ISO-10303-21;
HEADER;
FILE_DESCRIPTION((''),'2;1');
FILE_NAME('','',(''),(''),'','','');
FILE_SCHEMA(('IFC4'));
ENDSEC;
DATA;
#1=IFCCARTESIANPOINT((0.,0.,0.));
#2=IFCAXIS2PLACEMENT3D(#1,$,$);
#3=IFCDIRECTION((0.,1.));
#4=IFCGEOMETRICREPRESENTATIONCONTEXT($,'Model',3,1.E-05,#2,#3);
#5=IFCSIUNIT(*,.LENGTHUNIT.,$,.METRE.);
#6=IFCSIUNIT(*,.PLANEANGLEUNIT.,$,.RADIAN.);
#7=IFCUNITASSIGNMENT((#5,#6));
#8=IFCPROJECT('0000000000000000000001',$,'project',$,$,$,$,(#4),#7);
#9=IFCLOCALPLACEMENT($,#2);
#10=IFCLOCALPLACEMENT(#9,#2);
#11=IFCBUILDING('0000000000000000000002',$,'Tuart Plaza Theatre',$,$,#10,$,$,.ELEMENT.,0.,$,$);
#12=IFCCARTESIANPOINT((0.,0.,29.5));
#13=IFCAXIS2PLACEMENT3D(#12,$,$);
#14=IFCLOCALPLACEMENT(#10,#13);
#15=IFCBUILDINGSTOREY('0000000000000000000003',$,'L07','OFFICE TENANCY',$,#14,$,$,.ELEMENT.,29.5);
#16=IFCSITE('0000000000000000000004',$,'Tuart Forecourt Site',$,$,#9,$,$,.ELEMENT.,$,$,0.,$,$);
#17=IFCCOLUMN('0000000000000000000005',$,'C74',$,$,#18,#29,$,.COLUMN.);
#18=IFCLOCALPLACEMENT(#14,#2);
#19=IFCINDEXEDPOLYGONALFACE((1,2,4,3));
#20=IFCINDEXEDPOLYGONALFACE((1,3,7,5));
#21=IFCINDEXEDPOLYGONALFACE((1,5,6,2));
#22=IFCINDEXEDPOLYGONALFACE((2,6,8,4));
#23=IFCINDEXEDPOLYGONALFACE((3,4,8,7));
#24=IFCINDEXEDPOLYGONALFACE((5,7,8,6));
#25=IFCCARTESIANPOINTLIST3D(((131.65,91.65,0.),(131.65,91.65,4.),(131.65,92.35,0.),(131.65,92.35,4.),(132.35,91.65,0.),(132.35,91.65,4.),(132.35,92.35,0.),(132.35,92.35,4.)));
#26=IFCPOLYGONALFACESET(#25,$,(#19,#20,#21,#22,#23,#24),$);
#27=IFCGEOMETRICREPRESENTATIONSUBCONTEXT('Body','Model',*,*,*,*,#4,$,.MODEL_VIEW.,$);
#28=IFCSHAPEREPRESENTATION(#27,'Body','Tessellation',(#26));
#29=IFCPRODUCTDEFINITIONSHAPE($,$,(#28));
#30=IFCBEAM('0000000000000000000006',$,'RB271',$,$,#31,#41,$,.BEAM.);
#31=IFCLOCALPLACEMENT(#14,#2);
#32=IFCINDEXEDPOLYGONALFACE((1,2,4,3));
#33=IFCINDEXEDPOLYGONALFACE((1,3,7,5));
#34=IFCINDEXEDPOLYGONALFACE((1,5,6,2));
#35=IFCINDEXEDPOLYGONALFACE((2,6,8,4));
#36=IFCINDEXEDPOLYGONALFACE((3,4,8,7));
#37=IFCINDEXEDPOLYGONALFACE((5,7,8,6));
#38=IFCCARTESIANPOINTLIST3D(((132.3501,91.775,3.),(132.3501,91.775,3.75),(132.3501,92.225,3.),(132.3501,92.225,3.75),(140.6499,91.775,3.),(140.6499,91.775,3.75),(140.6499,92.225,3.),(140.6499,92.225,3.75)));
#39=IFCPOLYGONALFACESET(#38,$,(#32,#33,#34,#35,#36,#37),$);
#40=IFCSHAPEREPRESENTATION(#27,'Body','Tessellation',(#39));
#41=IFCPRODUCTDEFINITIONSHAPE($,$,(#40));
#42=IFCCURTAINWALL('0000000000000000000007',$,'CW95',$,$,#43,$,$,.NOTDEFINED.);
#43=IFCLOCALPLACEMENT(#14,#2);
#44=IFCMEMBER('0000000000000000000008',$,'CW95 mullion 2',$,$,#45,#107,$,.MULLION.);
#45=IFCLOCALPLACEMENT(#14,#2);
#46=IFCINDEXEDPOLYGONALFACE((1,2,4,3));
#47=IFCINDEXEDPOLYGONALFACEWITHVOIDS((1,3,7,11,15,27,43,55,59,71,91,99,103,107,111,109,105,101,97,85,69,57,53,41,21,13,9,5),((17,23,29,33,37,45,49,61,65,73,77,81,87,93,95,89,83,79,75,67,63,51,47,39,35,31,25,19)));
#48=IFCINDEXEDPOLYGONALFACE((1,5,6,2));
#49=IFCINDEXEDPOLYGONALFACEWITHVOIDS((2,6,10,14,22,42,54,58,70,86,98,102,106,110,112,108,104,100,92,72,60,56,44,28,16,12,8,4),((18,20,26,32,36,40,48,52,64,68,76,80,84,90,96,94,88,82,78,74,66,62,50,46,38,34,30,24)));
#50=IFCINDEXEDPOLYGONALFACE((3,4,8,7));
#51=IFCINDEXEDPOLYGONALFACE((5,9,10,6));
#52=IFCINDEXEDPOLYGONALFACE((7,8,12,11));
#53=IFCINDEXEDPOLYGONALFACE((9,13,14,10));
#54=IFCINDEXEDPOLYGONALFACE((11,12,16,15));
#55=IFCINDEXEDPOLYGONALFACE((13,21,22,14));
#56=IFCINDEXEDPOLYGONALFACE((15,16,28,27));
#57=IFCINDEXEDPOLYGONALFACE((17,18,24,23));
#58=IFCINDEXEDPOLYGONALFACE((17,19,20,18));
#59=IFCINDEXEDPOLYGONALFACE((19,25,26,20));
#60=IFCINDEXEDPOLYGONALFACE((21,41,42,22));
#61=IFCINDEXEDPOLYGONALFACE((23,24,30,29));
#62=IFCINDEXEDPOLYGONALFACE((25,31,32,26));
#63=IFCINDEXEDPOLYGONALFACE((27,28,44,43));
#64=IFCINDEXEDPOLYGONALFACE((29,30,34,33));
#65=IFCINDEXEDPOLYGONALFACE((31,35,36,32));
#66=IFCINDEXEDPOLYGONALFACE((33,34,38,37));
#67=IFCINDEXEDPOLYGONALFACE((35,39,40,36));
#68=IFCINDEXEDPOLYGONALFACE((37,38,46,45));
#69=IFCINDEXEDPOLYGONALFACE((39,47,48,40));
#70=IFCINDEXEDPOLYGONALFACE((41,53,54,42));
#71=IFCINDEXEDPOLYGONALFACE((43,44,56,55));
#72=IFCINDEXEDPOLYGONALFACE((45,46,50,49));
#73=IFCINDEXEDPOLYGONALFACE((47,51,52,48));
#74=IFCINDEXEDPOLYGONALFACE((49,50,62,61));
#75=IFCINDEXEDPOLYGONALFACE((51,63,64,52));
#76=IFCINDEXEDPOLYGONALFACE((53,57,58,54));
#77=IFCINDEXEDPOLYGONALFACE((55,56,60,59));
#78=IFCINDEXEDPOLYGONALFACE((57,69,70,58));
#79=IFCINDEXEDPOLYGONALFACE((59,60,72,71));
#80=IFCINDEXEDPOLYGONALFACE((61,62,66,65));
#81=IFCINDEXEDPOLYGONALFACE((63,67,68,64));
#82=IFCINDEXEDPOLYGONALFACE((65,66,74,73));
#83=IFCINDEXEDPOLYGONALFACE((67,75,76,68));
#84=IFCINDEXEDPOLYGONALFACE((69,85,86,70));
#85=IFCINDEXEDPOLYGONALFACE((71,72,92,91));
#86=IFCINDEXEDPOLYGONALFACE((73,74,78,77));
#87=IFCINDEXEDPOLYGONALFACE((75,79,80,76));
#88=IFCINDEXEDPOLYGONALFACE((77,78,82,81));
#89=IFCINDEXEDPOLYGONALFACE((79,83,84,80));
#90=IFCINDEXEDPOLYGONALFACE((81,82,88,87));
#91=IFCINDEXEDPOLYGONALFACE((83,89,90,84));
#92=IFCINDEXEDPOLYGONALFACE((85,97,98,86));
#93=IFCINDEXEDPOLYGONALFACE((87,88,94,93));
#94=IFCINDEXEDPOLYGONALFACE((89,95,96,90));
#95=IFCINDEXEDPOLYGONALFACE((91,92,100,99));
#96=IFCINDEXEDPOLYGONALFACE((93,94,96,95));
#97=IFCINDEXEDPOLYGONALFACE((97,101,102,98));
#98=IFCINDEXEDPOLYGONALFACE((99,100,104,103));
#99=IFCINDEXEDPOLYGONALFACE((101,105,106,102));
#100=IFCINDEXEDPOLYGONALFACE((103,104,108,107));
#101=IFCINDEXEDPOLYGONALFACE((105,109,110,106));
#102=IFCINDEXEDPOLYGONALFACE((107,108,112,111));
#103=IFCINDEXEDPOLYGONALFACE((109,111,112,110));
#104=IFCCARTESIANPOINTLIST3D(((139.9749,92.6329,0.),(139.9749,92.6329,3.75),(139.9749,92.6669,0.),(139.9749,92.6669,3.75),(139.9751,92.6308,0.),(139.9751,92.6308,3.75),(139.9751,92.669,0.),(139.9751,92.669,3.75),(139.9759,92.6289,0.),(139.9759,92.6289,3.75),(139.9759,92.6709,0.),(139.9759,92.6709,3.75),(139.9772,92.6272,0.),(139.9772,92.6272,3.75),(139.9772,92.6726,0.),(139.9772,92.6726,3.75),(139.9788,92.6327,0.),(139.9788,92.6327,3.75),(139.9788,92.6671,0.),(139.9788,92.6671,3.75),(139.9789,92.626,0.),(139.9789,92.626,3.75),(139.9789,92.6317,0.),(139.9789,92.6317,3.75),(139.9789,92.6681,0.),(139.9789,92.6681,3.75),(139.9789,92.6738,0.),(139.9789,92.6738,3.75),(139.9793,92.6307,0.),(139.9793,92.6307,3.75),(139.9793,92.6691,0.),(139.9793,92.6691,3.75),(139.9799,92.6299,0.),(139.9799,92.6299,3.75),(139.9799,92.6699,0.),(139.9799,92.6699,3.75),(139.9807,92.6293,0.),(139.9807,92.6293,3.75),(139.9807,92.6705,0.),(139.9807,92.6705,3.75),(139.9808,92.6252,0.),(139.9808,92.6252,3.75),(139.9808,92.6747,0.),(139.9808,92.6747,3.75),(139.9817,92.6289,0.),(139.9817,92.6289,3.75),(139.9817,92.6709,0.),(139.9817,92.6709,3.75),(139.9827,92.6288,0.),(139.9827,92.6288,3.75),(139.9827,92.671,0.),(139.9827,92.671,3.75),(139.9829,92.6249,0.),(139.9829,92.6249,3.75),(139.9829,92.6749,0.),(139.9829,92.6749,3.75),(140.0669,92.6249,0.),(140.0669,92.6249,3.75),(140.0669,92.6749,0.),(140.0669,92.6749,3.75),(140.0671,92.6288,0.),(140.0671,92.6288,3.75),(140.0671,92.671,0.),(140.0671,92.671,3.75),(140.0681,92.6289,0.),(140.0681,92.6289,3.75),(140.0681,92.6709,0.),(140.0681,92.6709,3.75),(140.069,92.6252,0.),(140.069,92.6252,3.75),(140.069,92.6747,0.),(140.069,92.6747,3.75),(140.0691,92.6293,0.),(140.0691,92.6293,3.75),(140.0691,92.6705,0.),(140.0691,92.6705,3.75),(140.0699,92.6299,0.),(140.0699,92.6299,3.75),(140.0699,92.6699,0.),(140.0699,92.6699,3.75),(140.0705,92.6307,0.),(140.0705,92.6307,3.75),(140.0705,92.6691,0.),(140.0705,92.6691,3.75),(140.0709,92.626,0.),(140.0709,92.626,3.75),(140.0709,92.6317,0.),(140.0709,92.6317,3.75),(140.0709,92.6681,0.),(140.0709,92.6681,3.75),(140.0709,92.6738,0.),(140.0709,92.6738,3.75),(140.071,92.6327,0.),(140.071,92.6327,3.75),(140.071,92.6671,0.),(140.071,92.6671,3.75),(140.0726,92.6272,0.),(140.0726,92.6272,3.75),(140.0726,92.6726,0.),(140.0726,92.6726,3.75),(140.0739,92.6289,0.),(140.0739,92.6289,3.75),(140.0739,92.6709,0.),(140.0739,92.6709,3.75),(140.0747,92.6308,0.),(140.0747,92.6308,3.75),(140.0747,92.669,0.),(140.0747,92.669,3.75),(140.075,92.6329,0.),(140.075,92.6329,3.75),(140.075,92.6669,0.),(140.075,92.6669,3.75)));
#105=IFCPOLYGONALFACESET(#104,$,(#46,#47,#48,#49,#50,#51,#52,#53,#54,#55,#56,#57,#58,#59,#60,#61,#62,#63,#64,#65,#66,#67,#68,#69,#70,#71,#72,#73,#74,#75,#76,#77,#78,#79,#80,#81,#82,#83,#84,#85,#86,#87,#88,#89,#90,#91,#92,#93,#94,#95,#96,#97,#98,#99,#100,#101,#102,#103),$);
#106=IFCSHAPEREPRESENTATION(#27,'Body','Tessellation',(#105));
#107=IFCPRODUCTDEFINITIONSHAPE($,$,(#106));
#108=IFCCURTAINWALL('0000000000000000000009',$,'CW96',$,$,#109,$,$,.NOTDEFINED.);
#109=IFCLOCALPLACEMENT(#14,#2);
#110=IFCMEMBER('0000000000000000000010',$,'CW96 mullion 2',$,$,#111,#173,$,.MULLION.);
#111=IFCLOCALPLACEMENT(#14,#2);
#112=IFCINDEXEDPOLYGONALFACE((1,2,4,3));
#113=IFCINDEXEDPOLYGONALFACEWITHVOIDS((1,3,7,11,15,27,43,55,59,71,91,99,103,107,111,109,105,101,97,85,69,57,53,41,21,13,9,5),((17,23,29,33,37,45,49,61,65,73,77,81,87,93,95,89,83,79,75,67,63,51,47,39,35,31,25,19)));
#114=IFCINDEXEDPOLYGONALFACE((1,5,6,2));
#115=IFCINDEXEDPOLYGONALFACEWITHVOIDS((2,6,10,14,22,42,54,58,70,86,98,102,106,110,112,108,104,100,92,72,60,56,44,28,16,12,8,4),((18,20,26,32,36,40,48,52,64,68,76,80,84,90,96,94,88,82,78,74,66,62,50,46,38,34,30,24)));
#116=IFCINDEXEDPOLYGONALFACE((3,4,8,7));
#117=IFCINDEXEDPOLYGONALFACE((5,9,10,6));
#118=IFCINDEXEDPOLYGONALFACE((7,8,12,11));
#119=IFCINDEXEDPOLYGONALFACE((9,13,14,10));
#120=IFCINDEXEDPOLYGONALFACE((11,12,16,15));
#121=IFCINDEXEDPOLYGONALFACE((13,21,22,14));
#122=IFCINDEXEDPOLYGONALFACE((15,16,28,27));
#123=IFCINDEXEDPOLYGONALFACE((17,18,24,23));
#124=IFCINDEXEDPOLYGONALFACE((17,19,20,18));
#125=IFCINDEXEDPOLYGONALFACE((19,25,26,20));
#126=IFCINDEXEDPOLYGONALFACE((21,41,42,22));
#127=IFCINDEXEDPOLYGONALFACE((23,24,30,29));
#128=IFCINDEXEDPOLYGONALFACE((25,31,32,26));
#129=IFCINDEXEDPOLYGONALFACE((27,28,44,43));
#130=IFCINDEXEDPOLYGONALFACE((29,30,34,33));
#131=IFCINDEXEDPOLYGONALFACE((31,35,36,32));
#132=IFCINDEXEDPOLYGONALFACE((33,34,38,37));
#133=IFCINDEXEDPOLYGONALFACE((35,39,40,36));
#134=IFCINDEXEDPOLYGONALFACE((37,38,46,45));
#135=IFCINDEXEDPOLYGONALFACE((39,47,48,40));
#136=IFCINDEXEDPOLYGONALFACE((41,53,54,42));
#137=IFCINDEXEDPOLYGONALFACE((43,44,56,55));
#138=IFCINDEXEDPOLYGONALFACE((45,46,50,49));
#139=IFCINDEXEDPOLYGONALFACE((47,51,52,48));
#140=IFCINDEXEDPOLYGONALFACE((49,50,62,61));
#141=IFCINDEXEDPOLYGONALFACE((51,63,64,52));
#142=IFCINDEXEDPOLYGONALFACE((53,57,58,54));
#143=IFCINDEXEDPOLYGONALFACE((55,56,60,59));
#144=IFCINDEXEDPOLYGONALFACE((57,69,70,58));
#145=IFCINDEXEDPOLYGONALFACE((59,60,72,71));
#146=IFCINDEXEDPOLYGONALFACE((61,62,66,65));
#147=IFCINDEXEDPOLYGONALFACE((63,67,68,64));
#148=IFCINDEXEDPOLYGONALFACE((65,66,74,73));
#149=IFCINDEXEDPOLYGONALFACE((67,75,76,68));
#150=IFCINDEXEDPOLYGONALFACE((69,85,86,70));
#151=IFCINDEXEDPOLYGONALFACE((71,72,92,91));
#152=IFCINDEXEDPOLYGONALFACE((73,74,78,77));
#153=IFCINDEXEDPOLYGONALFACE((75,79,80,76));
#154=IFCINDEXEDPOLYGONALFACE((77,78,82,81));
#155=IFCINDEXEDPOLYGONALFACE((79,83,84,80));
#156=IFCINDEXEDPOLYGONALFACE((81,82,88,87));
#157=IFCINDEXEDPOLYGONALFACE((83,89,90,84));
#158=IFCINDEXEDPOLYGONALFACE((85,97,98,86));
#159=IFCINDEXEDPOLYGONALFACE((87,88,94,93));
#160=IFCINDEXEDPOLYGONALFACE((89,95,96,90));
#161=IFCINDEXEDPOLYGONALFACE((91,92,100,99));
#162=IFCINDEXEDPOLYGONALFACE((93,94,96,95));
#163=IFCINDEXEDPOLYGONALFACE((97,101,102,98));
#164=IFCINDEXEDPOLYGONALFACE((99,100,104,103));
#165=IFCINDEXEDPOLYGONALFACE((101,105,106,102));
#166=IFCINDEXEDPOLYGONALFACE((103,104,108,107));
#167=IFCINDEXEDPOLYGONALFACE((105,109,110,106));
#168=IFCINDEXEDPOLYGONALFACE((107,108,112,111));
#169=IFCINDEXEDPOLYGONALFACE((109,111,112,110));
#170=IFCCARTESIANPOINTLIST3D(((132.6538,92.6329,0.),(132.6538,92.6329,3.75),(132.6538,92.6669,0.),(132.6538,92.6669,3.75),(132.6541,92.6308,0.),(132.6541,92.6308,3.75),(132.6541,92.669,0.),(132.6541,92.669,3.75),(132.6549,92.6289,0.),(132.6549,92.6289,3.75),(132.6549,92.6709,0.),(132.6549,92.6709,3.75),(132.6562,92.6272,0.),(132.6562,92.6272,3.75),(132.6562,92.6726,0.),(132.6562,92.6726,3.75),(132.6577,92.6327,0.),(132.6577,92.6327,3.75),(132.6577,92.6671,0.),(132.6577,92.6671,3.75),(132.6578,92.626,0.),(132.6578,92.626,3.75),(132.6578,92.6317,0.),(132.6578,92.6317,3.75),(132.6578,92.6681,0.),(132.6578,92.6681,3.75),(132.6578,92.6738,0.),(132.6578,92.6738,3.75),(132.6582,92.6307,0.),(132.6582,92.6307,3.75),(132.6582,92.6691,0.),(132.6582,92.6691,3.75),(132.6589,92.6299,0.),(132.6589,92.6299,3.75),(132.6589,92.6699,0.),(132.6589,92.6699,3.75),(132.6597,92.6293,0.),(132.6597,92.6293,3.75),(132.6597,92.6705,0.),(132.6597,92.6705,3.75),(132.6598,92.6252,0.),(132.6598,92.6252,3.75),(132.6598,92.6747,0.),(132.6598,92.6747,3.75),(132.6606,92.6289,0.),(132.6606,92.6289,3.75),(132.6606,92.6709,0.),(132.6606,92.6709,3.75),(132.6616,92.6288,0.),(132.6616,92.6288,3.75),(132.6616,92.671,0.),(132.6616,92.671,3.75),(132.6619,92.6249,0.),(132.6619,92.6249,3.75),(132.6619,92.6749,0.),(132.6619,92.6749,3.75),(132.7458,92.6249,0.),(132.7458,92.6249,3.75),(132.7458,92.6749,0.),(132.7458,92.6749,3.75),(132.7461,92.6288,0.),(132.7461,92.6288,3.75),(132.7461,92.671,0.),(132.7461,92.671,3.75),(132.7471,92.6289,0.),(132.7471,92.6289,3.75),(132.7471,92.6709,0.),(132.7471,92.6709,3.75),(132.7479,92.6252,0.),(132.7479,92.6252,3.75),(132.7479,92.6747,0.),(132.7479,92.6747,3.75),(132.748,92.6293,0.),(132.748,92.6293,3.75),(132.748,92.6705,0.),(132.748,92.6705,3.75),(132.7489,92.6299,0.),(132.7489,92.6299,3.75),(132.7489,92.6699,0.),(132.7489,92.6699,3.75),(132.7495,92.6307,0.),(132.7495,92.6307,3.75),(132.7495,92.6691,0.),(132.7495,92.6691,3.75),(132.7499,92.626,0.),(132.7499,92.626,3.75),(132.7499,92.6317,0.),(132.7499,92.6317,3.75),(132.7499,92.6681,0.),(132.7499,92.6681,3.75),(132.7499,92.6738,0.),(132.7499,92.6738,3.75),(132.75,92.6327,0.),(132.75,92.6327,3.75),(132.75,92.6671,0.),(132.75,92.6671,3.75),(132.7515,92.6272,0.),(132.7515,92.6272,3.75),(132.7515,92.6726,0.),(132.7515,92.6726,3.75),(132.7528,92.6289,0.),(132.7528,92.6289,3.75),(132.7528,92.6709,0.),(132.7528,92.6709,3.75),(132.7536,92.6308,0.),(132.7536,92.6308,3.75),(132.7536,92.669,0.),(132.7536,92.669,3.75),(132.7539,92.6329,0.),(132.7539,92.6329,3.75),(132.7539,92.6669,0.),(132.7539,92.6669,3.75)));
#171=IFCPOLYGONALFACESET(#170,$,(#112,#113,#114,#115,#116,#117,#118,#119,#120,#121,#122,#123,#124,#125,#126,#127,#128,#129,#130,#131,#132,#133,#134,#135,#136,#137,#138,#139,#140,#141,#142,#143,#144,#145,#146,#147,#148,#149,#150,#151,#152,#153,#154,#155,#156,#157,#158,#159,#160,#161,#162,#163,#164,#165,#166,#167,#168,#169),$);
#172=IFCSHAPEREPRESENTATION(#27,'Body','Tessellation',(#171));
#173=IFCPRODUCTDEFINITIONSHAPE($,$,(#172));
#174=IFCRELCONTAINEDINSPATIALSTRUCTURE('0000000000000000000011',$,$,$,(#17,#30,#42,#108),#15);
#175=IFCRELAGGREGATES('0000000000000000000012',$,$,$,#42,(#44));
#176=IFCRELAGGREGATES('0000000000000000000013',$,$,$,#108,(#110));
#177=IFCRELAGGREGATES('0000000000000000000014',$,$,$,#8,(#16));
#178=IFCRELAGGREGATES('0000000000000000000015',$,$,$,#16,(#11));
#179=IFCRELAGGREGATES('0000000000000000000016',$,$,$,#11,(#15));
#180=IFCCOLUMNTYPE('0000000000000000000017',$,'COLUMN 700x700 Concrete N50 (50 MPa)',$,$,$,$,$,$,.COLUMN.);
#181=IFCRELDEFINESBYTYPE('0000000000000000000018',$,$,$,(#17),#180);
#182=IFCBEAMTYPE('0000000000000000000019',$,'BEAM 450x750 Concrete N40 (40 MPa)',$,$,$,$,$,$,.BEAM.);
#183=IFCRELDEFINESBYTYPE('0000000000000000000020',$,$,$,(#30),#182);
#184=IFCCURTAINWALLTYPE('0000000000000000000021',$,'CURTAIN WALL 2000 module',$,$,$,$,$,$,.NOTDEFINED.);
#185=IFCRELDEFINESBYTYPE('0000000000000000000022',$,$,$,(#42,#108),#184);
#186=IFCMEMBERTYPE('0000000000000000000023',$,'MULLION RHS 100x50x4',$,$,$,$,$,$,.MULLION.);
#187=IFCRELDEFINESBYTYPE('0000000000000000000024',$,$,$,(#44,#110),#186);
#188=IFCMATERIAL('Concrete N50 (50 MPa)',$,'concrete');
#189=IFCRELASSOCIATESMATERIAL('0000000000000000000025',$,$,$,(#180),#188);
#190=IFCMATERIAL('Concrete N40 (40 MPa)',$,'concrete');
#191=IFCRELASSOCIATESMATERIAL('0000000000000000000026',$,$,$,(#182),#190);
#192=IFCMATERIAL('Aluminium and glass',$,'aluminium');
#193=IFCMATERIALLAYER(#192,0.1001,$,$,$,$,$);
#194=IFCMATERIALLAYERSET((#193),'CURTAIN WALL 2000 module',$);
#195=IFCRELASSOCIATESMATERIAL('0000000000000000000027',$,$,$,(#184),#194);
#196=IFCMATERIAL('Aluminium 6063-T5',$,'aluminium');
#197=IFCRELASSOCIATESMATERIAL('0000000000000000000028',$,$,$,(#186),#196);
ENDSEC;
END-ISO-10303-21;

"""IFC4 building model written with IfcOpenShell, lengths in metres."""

from ifc_helpers import new_model, si_unit, direction, frame, origin, origin_2d, place, context, subcontext, project, spatial, rectangle, hollow_rectangle, extrude, material, layer, layer_set, material_profile, profile_set, type_object, element, aggregate, save


model = new_model("IFC4")

# Units and contexts
model_context = context("Model", 3, precision=1e-05, world=origin(), true_north=direction((0.0, 1.0)))
body_context = subcontext(model_context, "Body", "Model", "MODEL_VIEW")
ifc_project = project(units=[si_unit("LENGTHUNIT", "METRE"), si_unit("PLANEANGLEUNIT", "RADIAN")], contexts=[model_context])

# Site, building, storey
site_placement = place(None, origin())
site = spatial("IfcSite", under=ifc_project, at=site_placement, Name="Tuart Forecourt Site", CompositionType="ELEMENT", RefElevation=0.0)
building_placement = place(site_placement, origin())
building = spatial("IfcBuilding", under=site, at=building_placement, Name="Tuart Plaza Theatre", CompositionType="ELEMENT", ElevationOfRefHeight=0.0)
storey_placement = place(building_placement, frame((0.0, 0.0, 29.5)))
storey = spatial("IfcBuildingStorey", under=building, at=storey_placement, Name="L07", Description="OFFICE TENANCY", CompositionType="ELEMENT", Elevation=29.5)

# Column
ifc_material_1 = material(Name="Concrete N50 (50 MPa)", Category="concrete")
ifc_material_profile_1 = material_profile(ifc_material_1, rectangle(XDim=0.7, YDim=0.7, at=origin_2d()), Name="COLUMN 700x700 Concrete N50 (50 MPa)")
ifc_profile_set_1 = profile_set([ifc_material_profile_1], Name="Concrete N50 (50 MPa)")
column_type = type_object("IfcColumnType", Name="COLUMN 700x700 Concrete N50 (50 MPa)", PredefinedType="COLUMN", material=ifc_profile_set_1)
column_placement = place(storey_placement, frame((132.0, 92.0, 0.0), z_axis=(0.0, 0.0, 1.0), x_axis=(1.0, 0.0, 0.0)))
element("IfcColumn", 1, at=column_placement, inside=storey, type_object=column_type, Name="C74", PredefinedType="COLUMN", context=body_context, shape_type="SweptSolid", body=[
    extrude(rectangle(XDim=0.7, YDim=0.7, at=origin_2d()), origin(), (0.0, 0.0, 1.0), 4.0),
])

# Beam
ifc_material_2 = material(Name="Concrete N40 (40 MPa)", Category="concrete")
ifc_material_profile_2 = material_profile(ifc_material_2, rectangle(XDim=0.45, YDim=0.75, at=origin_2d()), Name="BEAM 450x750 Concrete N40 (40 MPa)")
ifc_profile_set_2 = profile_set([ifc_material_profile_2], Name="Concrete N40 (40 MPa)")
beam_type = type_object("IfcBeamType", Name="BEAM 450x750 Concrete N40 (40 MPa)", PredefinedType="BEAM", material=ifc_profile_set_2)
beam_placement = place(storey_placement, frame((132.3501, 92.0, 3.375), z_axis=(1.0, 0.0, 0.0), x_axis=(0.0, 1.0, 0.0)))
element("IfcBeam", 2, at=beam_placement, inside=storey, type_object=beam_type, Name="RB271", PredefinedType="BEAM", context=body_context, shape_type="SweptSolid", body=[
    extrude(rectangle(XDim=0.45, YDim=0.75, at=origin_2d()), origin(), (0.0, 0.0, 1.0), 8.2998),
])

# Curtain walls, members
ifc_material_3 = material(Name="Aluminium and glass", Category="aluminium")
ifc_layer_1 = layer(ifc_material_3, 0.1001)
ifc_layer_set_1 = layer_set([ifc_layer_1], Name="CURTAIN WALL 2000 module")
curtain_wall_type = type_object("IfcCurtainWallType", Name="CURTAIN WALL 2000 module", PredefinedType="NOTDEFINED", material=ifc_layer_set_1)
curtain_wall_1_placement = place(storey_placement, origin())
curtain_wall_1 = element("IfcCurtainWall", 3, at=curtain_wall_1_placement, inside=storey, type_object=curtain_wall_type, Name="CW95", PredefinedType="NOTDEFINED")
ifc_material_4 = material(Name="Aluminium 6063-T5", Category="aluminium")
ifc_material_profile_3 = material_profile(ifc_material_4, hollow_rectangle(XDim=0.05, YDim=0.1001, WallThickness=0.0039, InnerFilletRadius=0.0039, OuterFilletRadius=0.0081, at=origin_2d()), Name="RHS 100x50x4")
ifc_profile_set_3 = profile_set([ifc_material_profile_3], Name="Aluminium 6063-T5")
member_type_1 = type_object("IfcMemberType", Name="MULLION RHS 100x50x4", PredefinedType="MULLION", material=ifc_profile_set_3)
member_1_placement = place(storey_placement, frame((140.0249, 92.6499, 0.0), z_axis=(0.0, 0.0, 1.0), x_axis=(0.0, -1.0, 0.0)))
member_1 = element("IfcMember", 4, at=member_1_placement, type_object=member_type_1, Name="CW95 mullion 2", PredefinedType="MULLION", context=body_context, shape_type="SweptSolid", body=[
    extrude(hollow_rectangle(XDim=0.05, YDim=0.1001, WallThickness=0.0039, InnerFilletRadius=0.0039, OuterFilletRadius=0.0081, at=origin_2d()), origin(), (0.0, 0.0, 1.0), 3.75),
])
curtain_wall_2_placement = place(storey_placement, origin())
curtain_wall_2 = element("IfcCurtainWall", 5, at=curtain_wall_2_placement, inside=storey, type_object=curtain_wall_type, Name="CW96", PredefinedType="NOTDEFINED")
member_2_placement = place(storey_placement, frame((132.7039, 92.6499, 0.0), z_axis=(0.0, 0.0, 1.0), x_axis=(0.0, -1.0, 0.0)))
member_2 = element("IfcMember", 6, at=member_2_placement, type_object=member_type_1, Name="CW96 mullion 2", PredefinedType="MULLION", context=body_context, shape_type="SweptSolid", body=[
    extrude(hollow_rectangle(XDim=0.05, YDim=0.1001, WallThickness=0.0039, InnerFilletRadius=0.0039, OuterFilletRadius=0.0081, at=origin_2d()), origin(), (0.0, 0.0, 1.0), 3.75),
])

aggregate(curtain_wall_1, [member_1])
aggregate(curtain_wall_2, [member_2])

save(model, "model.ifc")
